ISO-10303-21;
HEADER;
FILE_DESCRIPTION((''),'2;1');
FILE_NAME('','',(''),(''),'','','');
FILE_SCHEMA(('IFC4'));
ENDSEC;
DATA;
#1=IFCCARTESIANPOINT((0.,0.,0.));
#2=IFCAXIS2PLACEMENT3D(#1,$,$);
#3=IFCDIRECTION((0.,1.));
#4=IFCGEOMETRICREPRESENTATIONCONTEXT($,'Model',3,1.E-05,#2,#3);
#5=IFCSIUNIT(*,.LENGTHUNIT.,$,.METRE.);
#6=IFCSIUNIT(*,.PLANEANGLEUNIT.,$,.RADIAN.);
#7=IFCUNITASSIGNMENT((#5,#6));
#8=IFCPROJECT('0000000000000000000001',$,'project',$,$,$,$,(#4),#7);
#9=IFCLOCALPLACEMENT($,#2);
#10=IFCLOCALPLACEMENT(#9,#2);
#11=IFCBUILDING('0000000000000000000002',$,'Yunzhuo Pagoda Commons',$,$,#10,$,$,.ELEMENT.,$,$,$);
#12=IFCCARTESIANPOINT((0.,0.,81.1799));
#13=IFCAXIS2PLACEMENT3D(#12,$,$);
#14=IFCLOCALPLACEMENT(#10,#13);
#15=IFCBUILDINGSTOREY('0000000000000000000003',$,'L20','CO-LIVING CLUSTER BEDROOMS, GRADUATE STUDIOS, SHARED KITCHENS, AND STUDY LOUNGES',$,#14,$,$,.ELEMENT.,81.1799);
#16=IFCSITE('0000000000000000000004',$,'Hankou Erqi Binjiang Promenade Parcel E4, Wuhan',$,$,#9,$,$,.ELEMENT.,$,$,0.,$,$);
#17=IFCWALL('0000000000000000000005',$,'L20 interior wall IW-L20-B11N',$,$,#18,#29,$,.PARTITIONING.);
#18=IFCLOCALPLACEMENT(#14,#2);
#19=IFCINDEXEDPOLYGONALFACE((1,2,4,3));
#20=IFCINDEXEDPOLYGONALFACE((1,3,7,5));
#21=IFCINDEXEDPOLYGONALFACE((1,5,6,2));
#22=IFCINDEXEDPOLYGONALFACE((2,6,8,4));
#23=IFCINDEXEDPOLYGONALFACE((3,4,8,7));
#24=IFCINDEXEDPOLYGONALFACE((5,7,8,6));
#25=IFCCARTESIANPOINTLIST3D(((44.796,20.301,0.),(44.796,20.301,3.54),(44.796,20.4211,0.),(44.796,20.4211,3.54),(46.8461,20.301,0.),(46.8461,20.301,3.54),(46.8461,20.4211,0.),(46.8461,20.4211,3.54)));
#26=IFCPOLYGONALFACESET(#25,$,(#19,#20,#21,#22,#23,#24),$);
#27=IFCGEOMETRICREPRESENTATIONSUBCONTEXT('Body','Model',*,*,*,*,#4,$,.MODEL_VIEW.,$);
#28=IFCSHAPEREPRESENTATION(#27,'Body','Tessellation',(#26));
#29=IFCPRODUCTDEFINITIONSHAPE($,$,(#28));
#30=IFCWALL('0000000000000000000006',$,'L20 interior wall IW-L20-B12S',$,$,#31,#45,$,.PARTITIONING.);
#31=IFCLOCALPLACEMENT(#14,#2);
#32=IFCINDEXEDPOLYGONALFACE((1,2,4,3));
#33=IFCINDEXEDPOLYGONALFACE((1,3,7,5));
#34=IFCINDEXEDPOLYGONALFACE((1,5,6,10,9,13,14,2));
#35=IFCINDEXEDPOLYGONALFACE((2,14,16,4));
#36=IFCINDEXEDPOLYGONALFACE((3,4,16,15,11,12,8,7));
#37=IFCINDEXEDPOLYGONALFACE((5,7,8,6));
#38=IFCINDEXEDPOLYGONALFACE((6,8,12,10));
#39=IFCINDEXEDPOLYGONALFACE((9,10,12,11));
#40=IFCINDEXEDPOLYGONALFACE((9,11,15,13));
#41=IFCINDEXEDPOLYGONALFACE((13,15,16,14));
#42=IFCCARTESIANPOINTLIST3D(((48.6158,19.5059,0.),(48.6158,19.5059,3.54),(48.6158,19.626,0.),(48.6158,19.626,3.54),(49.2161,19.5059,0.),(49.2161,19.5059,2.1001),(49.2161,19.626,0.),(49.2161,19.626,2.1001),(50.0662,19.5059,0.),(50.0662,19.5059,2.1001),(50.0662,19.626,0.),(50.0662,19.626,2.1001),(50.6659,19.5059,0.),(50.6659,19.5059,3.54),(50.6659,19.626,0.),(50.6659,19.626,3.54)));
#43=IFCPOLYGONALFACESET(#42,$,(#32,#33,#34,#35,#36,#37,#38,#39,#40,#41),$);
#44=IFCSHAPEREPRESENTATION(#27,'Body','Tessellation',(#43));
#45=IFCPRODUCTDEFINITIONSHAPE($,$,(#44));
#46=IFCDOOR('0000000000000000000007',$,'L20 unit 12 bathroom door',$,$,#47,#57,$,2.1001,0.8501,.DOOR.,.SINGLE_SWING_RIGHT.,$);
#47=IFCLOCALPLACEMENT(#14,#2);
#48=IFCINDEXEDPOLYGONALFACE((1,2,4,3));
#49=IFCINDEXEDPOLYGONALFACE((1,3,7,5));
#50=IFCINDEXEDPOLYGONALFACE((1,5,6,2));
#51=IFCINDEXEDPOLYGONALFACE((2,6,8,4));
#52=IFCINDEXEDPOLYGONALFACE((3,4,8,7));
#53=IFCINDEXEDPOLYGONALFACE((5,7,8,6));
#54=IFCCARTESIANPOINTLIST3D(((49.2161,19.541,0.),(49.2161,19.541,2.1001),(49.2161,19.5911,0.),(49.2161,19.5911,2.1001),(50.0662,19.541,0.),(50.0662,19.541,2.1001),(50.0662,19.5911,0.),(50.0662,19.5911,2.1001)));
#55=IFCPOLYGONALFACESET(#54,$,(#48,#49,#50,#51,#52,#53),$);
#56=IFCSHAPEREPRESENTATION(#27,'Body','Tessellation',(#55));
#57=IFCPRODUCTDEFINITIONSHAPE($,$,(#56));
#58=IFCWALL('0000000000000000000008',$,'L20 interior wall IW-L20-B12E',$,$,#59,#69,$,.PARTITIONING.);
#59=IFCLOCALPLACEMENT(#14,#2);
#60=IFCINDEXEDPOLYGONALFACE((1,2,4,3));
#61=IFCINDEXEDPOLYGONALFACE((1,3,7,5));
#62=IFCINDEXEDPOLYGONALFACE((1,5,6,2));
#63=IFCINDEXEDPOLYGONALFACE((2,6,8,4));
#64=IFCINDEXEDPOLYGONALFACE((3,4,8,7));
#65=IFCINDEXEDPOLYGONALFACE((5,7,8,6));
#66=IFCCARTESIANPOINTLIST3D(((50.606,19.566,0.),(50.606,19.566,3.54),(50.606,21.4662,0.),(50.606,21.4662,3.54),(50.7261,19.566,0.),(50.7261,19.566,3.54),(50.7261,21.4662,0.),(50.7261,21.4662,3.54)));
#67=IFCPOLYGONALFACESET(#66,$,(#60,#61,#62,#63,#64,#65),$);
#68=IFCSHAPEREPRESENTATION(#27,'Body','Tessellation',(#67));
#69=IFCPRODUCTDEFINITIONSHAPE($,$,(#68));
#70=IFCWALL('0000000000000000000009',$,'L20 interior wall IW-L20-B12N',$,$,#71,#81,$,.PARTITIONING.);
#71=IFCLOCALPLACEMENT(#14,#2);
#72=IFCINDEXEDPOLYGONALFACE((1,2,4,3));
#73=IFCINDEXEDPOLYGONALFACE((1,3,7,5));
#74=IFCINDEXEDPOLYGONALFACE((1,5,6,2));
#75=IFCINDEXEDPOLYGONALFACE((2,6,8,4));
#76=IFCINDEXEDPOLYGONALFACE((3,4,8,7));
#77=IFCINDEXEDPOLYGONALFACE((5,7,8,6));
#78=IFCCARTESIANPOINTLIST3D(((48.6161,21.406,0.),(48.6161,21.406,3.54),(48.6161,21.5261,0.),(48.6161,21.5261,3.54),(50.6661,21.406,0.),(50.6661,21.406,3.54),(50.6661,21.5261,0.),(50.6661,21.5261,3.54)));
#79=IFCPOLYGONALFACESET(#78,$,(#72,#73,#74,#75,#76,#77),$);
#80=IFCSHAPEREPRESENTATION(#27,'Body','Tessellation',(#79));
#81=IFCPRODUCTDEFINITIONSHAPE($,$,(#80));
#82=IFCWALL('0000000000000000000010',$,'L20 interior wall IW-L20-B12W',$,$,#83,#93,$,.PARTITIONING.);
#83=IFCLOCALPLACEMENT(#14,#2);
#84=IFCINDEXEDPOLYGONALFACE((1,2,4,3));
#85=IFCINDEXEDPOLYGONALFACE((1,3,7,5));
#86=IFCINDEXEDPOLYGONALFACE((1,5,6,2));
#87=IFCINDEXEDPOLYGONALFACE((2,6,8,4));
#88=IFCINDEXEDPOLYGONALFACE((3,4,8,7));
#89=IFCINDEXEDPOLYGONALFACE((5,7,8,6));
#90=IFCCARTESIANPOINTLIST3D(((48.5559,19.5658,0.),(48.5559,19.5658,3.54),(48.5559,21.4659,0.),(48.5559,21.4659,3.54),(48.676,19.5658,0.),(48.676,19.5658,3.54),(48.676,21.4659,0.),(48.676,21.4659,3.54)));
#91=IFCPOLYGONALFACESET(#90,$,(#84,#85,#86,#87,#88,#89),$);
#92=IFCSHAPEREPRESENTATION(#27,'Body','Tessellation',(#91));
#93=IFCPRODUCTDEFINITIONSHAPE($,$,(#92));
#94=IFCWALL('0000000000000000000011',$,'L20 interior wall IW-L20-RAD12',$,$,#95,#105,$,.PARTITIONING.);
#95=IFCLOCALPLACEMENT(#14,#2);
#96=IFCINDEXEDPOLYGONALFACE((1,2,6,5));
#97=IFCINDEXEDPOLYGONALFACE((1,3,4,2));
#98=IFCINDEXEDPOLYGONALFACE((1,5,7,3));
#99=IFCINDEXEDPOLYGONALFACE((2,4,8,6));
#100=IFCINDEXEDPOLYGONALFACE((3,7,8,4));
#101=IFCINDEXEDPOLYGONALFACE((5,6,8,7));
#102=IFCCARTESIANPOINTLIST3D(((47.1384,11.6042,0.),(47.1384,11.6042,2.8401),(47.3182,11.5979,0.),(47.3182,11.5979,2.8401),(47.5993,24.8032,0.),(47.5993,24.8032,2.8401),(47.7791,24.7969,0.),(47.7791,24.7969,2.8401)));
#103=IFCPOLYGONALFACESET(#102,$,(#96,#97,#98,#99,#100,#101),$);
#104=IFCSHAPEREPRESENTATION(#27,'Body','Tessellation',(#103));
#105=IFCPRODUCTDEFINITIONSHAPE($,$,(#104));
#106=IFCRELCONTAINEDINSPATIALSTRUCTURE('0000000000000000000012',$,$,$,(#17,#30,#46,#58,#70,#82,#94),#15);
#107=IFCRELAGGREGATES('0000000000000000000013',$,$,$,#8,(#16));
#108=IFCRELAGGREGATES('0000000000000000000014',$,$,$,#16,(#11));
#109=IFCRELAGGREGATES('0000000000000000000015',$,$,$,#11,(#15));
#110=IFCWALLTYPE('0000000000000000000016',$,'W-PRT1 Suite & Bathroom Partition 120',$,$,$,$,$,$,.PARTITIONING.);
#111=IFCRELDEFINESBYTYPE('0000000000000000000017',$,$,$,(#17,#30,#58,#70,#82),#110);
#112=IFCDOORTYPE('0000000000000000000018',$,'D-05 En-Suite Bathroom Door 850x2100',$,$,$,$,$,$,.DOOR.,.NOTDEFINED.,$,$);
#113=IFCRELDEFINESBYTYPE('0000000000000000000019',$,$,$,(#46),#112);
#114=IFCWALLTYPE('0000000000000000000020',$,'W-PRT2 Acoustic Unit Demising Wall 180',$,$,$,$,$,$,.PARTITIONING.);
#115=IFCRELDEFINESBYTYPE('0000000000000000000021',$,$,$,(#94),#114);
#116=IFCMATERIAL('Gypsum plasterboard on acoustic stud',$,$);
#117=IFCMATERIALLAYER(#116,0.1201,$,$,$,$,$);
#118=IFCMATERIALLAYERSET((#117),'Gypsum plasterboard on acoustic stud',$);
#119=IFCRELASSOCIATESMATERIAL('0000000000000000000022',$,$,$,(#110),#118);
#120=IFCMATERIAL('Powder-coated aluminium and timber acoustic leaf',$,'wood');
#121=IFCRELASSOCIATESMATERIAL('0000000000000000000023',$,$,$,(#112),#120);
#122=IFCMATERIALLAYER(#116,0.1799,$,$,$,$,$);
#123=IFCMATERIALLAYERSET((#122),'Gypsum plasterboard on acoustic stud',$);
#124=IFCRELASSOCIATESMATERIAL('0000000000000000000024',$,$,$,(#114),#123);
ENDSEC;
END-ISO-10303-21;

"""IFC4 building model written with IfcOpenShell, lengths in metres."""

from ifc_helpers import new_model, si_unit, direction, frame, frame_2d, origin, place, context, subcontext, project, spatial, rectangle, extrude, source, transform, mapped, material, layer, layer_set, type_object, element, fill, save


model = new_model("IFC4")

# Units and contexts
model_context = context("Model", 3, precision=1e-05, world=origin(), true_north=direction((0.0, 1.0)))
body_context = subcontext(model_context, "Body", "Model", "MODEL_VIEW")
ifc_project = project(units=[si_unit("LENGTHUNIT", "METRE"), si_unit("PLANEANGLEUNIT", "RADIAN")], contexts=[model_context])

# Site, building, storey
site_placement = place(None, origin())
site = spatial("IfcSite", under=ifc_project, at=site_placement, Name="Hankou Erqi Binjiang Promenade Parcel E4, Wuhan", CompositionType="ELEMENT", RefElevation=0.0)
building_placement = place(site_placement, origin())
building = spatial("IfcBuilding", under=site, at=building_placement, Name="Yunzhuo Pagoda Commons", CompositionType="ELEMENT")
storey_placement = place(building_placement, frame((0.0, 0.0, 81.1799)))
storey = spatial("IfcBuildingStorey", under=building, at=storey_placement, Name="L20", Description="CO-LIVING CLUSTER BEDROOMS, GRADUATE STUDIOS, SHARED KITCHENS, AND STUDY LOUNGES", CompositionType="ELEMENT", Elevation=81.1799)

# Shared definitions
ifc_material_1 = material(Name="Gypsum plasterboard on acoustic stud")

# Wall
ifc_layer_1 = layer(ifc_material_1, 0.1201)
ifc_layer_set_1 = layer_set([ifc_layer_1], Name="Gypsum plasterboard on acoustic stud")
wall_type_1 = type_object("IfcWallType", Name="W-PRT1 Suite & Bathroom Partition 120", PredefinedType="PARTITIONING", material=ifc_layer_set_1)
wall_1_placement = place(storey_placement, frame((46.8459, 20.3611, 0.0), z_axis=(0.0, 0.0, 1.0), x_axis=(-1.0, 0.0, 0.0)))
element("IfcWall", 1, at=wall_1_placement, inside=storey, type_object=wall_type_1, Name="L20 interior wall IW-L20-B11N", PredefinedType="PARTITIONING", context=body_context, shape_type="SweptSolid", body=[
    extrude(rectangle(XDim=2.05, YDim=0.1201, at=frame_2d((1.0249, 0.0))), origin(), (0.0, 0.0, 1.0), 3.54),
])

# Wall, opening, door
wall_2_placement = place(storey_placement, frame((48.616, 19.5659, 0.0), z_axis=(0.0, 0.0, 1.0), x_axis=(1.0, 0.0, 0.0)))
wall_2 = element("IfcWall", 2, at=wall_2_placement, inside=storey, type_object=wall_type_1, Name="L20 interior wall IW-L20-B12S", PredefinedType="PARTITIONING", context=body_context, shape_type="SweptSolid", body=[
    extrude(rectangle(XDim=2.05, YDim=0.1201, at=frame_2d((1.0249, 0.0))), origin(), (0.0, 0.0, 1.0), 3.54),
])
opening_1_placement = place(wall_2_placement, frame((0.6001, 0.0, 0.0)))
opening_1 = element("IfcOpeningElement", 3, at=opening_1_placement, cuts=wall_2, PredefinedType="OPENING", context=body_context, shape_type="SweptSolid", body=[
    extrude(rectangle(XDim=0.8501, YDim=2.1001, at=frame_2d((0.425, 1.05))), frame((0.0, 0.0701, 0.0), z_axis=(0.0, -1.0, 0.0), x_axis=(1.0, 0.0, 0.0)), (0.0, 0.0, 1.0), 0.1401),
])
ifc_material_2 = material(Name="Powder-coated aluminium and timber acoustic leaf", Category="wood")
door_type_1 = type_object("IfcDoorType", Name="D-05 En-Suite Bathroom Door 850x2100", OperationType="NOTDEFINED", PredefinedType="DOOR", material=ifc_material_2)
shared_shape_1 = source(origin(), body_context, "Body", "SweptSolid", [
    extrude(rectangle(XDim=0.8501, YDim=2.1001, at=frame_2d((0.425, 1.05))), frame((0.0, 0.0249, 0.0), z_axis=(0.0, -1.0, 0.0), x_axis=(1.0, 0.0, 0.0)), (0.0, 0.0, 1.0), 0.05),
])
door_1_placement = place(opening_1_placement, frame((0.8501, 0.0, 0.0), z_axis=(0.0, 0.0, 1.0), x_axis=(-1.0, 0.0, 0.0)))
door_1 = element("IfcDoor", 4, at=door_1_placement, inside=storey, type_object=door_type_1, Name="L20 unit 12 bathroom door", OperationType="SINGLE_SWING_RIGHT", OverallHeight=2.1001, OverallWidth=0.8501, PredefinedType="DOOR", context=body_context, shape_type="MappedRepresentation", body=[
    mapped(shared_shape_1, transform((0.0, 0.0, 0.0), scale=1.0)),
])
fill(opening_1, door_1)

# Walls
wall_3_placement = place(storey_placement, frame((50.666, 19.5659, 0.0), z_axis=(0.0, 0.0, 1.0), x_axis=(0.0, 1.0, 0.0)))
element("IfcWall", 5, at=wall_3_placement, inside=storey, type_object=wall_type_1, Name="L20 interior wall IW-L20-B12E", PredefinedType="PARTITIONING", context=body_context, shape_type="SweptSolid", body=[
    extrude(rectangle(XDim=1.9001, YDim=0.1201, at=frame_2d((0.9502, 0.0))), origin(), (0.0, 0.0, 1.0), 3.54),
])
wall_4_placement = place(storey_placement, frame((50.666, 21.4661, 0.0), z_axis=(0.0, 0.0, 1.0), x_axis=(-1.0, 0.0, 0.0)))
element("IfcWall", 6, at=wall_4_placement, inside=storey, type_object=wall_type_1, Name="L20 interior wall IW-L20-B12N", PredefinedType="PARTITIONING", context=body_context, shape_type="SweptSolid", body=[
    extrude(rectangle(XDim=2.05, YDim=0.1201, at=frame_2d((1.0249, 0.0))), origin(), (0.0, 0.0, 1.0), 3.54),
])
wall_5_placement = place(storey_placement, frame((48.616, 21.4661, 0.0), z_axis=(0.0, 0.0, 1.0), x_axis=(0.0, -1.0, 0.0)))
element("IfcWall", 7, at=wall_5_placement, inside=storey, type_object=wall_type_1, Name="L20 interior wall IW-L20-B12W", PredefinedType="PARTITIONING", context=body_context, shape_type="SweptSolid", body=[
    extrude(rectangle(XDim=1.9001, YDim=0.1201, at=frame_2d((0.9502, 0.0))), origin(), (0.0, 0.0, 1.0), 3.54),
])
ifc_layer_2 = layer(ifc_material_1, 0.1799)
ifc_layer_set_2 = layer_set([ifc_layer_2], Name="Gypsum plasterboard on acoustic stud")
wall_type_2 = type_object("IfcWallType", Name="W-PRT2 Acoustic Unit Demising Wall 180", PredefinedType="PARTITIONING", material=ifc_layer_set_2)
wall_6_placement = place(storey_placement, frame((47.6892, 24.8, 0.0), z_axis=(0.0, 0.0, 1.0), x_axis=(-0.034901, -0.999391, 0.0)))
element("IfcWall", 8, at=wall_6_placement, inside=storey, type_object=wall_type_2, Name="L20 interior wall IW-L20-RAD12", PredefinedType="PARTITIONING", context=body_context, shape_type="SweptSolid", body=[
    extrude(rectangle(XDim=13.207, YDim=0.1799, at=frame_2d((6.6035, 0.0))), origin(), (0.0, 0.0, 1.0), 2.8401),
])

save(model, "model.ifc")
